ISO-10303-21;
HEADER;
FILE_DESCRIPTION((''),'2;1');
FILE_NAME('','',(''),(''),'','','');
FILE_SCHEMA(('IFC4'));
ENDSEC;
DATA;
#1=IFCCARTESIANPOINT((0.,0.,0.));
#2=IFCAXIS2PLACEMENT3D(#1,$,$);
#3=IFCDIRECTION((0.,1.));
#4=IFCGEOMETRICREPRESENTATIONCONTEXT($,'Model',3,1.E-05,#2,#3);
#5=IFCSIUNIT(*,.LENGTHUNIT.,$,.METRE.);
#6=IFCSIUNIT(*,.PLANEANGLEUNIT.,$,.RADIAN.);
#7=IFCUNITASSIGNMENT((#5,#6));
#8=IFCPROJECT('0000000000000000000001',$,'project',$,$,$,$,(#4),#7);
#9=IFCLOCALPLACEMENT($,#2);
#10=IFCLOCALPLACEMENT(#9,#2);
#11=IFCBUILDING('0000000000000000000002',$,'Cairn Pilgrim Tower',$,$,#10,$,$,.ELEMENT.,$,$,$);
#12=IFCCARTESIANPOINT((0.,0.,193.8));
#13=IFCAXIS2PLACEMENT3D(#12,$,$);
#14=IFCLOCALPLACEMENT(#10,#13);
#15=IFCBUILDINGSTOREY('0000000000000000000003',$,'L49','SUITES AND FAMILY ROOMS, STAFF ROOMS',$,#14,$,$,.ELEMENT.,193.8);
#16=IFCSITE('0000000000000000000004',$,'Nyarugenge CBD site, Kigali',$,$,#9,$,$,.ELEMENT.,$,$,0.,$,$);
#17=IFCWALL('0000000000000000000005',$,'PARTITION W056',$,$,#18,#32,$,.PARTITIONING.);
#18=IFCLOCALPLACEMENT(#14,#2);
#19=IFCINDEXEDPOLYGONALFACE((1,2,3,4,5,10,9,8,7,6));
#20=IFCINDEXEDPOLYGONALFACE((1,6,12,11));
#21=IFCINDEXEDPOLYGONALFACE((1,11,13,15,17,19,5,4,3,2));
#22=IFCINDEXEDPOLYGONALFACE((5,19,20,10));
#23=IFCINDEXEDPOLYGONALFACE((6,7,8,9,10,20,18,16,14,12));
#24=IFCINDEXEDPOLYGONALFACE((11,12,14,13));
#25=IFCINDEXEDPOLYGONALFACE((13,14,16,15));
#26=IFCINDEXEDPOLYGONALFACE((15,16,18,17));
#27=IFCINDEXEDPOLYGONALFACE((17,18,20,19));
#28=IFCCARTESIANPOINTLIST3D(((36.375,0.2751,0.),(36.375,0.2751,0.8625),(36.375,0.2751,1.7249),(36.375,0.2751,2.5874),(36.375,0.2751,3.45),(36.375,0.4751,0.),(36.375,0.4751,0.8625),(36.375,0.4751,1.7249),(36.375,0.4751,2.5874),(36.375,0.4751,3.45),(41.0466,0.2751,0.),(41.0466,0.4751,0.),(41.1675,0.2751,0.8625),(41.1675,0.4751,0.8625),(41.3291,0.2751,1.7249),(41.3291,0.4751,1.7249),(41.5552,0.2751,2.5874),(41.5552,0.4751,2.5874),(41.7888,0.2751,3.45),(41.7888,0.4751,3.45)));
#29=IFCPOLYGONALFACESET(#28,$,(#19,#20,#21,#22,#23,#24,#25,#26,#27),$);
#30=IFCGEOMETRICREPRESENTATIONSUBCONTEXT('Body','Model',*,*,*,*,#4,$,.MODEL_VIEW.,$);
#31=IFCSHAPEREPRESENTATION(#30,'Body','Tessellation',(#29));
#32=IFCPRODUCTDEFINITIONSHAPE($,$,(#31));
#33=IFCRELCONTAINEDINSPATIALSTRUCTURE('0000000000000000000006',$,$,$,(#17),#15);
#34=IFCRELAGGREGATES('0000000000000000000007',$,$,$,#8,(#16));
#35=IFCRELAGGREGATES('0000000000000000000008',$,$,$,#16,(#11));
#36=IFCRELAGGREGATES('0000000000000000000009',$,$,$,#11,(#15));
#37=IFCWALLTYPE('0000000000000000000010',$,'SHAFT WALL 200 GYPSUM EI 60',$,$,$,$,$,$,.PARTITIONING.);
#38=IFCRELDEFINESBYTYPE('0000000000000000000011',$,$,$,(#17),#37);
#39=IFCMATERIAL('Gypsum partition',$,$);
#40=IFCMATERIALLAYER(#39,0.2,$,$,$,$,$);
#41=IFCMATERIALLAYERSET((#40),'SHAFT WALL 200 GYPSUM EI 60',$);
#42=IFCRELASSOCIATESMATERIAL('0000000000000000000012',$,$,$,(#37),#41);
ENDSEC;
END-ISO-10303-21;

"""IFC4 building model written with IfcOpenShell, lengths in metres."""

from ifc_helpers import new_model, si_unit, direction, frame, origin, place, context, subcontext, project, spatial, polyline, outline, extrude, material, layer, layer_set, type_object, element, save


model = new_model("IFC4")

# Units and contexts
model_context = context("Model", 3, precision=1e-05, world=origin(), true_north=direction((0.0, 1.0)))
body_context = subcontext(model_context, "Body", "Model", "MODEL_VIEW")
ifc_project = project(units=[si_unit("LENGTHUNIT", "METRE"), si_unit("PLANEANGLEUNIT", "RADIAN")], contexts=[model_context])

# Site, building, storey
site_placement = place(None, origin())
site = spatial("IfcSite", under=ifc_project, at=site_placement, Name="Nyarugenge CBD site, Kigali", CompositionType="ELEMENT", RefElevation=0.0)
building_placement = place(site_placement, origin())
building = spatial("IfcBuilding", under=site, at=building_placement, Name="Cairn Pilgrim Tower", CompositionType="ELEMENT")
storey_placement = place(building_placement, frame((0.0, 0.0, 193.8)))
storey = spatial("IfcBuildingStorey", under=building, at=storey_placement, Name="L49", Description="SUITES AND FAMILY ROOMS, STAFF ROOMS", CompositionType="ELEMENT", Elevation=193.8)

# Shared definitions
ifc_material_1 = material(Name="Gypsum partition")

# Wall
ifc_layer_1 = layer(ifc_material_1, 0.2)
ifc_layer_set_1 = layer_set([ifc_layer_1], Name="SHAFT WALL 200 GYPSUM EI 60")
wall_type_1 = type_object("IfcWallType", Name="SHAFT WALL 200 GYPSUM EI 60", PredefinedType="PARTITIONING", material=ifc_layer_set_1)
wall_1_placement = place(storey_placement, frame((36.375, 0.375, 0.0), z_axis=(0.0, 0.0, 1.0), x_axis=(1.0, 0.0, 0.0)))
element("IfcWall", 1, at=wall_1_placement, inside=storey, type_object=wall_type_1, Name="PARTITION W056", PredefinedType="PARTITIONING", context=body_context, shape_type="SweptSolid", body=[
    extrude(outline(polyline([(0.0, 0.0), (4.6716, 0.0), (4.7925, 0.8625), (4.9541, 1.7249), (5.1802, 2.5874), (5.4138, 3.45), (0.0, 3.45), (0.0, 2.5874), (0.0, 1.7249), (0.0, 0.8625), (0.0, 0.0)])), frame((0.0, 0.1001, 0.0), z_axis=(0.0, -1.0, 0.0), x_axis=(1.0, 0.0, 0.0)), (0.0, 0.0, 1.0), 0.2),
])

save(model, "model.ifc")
